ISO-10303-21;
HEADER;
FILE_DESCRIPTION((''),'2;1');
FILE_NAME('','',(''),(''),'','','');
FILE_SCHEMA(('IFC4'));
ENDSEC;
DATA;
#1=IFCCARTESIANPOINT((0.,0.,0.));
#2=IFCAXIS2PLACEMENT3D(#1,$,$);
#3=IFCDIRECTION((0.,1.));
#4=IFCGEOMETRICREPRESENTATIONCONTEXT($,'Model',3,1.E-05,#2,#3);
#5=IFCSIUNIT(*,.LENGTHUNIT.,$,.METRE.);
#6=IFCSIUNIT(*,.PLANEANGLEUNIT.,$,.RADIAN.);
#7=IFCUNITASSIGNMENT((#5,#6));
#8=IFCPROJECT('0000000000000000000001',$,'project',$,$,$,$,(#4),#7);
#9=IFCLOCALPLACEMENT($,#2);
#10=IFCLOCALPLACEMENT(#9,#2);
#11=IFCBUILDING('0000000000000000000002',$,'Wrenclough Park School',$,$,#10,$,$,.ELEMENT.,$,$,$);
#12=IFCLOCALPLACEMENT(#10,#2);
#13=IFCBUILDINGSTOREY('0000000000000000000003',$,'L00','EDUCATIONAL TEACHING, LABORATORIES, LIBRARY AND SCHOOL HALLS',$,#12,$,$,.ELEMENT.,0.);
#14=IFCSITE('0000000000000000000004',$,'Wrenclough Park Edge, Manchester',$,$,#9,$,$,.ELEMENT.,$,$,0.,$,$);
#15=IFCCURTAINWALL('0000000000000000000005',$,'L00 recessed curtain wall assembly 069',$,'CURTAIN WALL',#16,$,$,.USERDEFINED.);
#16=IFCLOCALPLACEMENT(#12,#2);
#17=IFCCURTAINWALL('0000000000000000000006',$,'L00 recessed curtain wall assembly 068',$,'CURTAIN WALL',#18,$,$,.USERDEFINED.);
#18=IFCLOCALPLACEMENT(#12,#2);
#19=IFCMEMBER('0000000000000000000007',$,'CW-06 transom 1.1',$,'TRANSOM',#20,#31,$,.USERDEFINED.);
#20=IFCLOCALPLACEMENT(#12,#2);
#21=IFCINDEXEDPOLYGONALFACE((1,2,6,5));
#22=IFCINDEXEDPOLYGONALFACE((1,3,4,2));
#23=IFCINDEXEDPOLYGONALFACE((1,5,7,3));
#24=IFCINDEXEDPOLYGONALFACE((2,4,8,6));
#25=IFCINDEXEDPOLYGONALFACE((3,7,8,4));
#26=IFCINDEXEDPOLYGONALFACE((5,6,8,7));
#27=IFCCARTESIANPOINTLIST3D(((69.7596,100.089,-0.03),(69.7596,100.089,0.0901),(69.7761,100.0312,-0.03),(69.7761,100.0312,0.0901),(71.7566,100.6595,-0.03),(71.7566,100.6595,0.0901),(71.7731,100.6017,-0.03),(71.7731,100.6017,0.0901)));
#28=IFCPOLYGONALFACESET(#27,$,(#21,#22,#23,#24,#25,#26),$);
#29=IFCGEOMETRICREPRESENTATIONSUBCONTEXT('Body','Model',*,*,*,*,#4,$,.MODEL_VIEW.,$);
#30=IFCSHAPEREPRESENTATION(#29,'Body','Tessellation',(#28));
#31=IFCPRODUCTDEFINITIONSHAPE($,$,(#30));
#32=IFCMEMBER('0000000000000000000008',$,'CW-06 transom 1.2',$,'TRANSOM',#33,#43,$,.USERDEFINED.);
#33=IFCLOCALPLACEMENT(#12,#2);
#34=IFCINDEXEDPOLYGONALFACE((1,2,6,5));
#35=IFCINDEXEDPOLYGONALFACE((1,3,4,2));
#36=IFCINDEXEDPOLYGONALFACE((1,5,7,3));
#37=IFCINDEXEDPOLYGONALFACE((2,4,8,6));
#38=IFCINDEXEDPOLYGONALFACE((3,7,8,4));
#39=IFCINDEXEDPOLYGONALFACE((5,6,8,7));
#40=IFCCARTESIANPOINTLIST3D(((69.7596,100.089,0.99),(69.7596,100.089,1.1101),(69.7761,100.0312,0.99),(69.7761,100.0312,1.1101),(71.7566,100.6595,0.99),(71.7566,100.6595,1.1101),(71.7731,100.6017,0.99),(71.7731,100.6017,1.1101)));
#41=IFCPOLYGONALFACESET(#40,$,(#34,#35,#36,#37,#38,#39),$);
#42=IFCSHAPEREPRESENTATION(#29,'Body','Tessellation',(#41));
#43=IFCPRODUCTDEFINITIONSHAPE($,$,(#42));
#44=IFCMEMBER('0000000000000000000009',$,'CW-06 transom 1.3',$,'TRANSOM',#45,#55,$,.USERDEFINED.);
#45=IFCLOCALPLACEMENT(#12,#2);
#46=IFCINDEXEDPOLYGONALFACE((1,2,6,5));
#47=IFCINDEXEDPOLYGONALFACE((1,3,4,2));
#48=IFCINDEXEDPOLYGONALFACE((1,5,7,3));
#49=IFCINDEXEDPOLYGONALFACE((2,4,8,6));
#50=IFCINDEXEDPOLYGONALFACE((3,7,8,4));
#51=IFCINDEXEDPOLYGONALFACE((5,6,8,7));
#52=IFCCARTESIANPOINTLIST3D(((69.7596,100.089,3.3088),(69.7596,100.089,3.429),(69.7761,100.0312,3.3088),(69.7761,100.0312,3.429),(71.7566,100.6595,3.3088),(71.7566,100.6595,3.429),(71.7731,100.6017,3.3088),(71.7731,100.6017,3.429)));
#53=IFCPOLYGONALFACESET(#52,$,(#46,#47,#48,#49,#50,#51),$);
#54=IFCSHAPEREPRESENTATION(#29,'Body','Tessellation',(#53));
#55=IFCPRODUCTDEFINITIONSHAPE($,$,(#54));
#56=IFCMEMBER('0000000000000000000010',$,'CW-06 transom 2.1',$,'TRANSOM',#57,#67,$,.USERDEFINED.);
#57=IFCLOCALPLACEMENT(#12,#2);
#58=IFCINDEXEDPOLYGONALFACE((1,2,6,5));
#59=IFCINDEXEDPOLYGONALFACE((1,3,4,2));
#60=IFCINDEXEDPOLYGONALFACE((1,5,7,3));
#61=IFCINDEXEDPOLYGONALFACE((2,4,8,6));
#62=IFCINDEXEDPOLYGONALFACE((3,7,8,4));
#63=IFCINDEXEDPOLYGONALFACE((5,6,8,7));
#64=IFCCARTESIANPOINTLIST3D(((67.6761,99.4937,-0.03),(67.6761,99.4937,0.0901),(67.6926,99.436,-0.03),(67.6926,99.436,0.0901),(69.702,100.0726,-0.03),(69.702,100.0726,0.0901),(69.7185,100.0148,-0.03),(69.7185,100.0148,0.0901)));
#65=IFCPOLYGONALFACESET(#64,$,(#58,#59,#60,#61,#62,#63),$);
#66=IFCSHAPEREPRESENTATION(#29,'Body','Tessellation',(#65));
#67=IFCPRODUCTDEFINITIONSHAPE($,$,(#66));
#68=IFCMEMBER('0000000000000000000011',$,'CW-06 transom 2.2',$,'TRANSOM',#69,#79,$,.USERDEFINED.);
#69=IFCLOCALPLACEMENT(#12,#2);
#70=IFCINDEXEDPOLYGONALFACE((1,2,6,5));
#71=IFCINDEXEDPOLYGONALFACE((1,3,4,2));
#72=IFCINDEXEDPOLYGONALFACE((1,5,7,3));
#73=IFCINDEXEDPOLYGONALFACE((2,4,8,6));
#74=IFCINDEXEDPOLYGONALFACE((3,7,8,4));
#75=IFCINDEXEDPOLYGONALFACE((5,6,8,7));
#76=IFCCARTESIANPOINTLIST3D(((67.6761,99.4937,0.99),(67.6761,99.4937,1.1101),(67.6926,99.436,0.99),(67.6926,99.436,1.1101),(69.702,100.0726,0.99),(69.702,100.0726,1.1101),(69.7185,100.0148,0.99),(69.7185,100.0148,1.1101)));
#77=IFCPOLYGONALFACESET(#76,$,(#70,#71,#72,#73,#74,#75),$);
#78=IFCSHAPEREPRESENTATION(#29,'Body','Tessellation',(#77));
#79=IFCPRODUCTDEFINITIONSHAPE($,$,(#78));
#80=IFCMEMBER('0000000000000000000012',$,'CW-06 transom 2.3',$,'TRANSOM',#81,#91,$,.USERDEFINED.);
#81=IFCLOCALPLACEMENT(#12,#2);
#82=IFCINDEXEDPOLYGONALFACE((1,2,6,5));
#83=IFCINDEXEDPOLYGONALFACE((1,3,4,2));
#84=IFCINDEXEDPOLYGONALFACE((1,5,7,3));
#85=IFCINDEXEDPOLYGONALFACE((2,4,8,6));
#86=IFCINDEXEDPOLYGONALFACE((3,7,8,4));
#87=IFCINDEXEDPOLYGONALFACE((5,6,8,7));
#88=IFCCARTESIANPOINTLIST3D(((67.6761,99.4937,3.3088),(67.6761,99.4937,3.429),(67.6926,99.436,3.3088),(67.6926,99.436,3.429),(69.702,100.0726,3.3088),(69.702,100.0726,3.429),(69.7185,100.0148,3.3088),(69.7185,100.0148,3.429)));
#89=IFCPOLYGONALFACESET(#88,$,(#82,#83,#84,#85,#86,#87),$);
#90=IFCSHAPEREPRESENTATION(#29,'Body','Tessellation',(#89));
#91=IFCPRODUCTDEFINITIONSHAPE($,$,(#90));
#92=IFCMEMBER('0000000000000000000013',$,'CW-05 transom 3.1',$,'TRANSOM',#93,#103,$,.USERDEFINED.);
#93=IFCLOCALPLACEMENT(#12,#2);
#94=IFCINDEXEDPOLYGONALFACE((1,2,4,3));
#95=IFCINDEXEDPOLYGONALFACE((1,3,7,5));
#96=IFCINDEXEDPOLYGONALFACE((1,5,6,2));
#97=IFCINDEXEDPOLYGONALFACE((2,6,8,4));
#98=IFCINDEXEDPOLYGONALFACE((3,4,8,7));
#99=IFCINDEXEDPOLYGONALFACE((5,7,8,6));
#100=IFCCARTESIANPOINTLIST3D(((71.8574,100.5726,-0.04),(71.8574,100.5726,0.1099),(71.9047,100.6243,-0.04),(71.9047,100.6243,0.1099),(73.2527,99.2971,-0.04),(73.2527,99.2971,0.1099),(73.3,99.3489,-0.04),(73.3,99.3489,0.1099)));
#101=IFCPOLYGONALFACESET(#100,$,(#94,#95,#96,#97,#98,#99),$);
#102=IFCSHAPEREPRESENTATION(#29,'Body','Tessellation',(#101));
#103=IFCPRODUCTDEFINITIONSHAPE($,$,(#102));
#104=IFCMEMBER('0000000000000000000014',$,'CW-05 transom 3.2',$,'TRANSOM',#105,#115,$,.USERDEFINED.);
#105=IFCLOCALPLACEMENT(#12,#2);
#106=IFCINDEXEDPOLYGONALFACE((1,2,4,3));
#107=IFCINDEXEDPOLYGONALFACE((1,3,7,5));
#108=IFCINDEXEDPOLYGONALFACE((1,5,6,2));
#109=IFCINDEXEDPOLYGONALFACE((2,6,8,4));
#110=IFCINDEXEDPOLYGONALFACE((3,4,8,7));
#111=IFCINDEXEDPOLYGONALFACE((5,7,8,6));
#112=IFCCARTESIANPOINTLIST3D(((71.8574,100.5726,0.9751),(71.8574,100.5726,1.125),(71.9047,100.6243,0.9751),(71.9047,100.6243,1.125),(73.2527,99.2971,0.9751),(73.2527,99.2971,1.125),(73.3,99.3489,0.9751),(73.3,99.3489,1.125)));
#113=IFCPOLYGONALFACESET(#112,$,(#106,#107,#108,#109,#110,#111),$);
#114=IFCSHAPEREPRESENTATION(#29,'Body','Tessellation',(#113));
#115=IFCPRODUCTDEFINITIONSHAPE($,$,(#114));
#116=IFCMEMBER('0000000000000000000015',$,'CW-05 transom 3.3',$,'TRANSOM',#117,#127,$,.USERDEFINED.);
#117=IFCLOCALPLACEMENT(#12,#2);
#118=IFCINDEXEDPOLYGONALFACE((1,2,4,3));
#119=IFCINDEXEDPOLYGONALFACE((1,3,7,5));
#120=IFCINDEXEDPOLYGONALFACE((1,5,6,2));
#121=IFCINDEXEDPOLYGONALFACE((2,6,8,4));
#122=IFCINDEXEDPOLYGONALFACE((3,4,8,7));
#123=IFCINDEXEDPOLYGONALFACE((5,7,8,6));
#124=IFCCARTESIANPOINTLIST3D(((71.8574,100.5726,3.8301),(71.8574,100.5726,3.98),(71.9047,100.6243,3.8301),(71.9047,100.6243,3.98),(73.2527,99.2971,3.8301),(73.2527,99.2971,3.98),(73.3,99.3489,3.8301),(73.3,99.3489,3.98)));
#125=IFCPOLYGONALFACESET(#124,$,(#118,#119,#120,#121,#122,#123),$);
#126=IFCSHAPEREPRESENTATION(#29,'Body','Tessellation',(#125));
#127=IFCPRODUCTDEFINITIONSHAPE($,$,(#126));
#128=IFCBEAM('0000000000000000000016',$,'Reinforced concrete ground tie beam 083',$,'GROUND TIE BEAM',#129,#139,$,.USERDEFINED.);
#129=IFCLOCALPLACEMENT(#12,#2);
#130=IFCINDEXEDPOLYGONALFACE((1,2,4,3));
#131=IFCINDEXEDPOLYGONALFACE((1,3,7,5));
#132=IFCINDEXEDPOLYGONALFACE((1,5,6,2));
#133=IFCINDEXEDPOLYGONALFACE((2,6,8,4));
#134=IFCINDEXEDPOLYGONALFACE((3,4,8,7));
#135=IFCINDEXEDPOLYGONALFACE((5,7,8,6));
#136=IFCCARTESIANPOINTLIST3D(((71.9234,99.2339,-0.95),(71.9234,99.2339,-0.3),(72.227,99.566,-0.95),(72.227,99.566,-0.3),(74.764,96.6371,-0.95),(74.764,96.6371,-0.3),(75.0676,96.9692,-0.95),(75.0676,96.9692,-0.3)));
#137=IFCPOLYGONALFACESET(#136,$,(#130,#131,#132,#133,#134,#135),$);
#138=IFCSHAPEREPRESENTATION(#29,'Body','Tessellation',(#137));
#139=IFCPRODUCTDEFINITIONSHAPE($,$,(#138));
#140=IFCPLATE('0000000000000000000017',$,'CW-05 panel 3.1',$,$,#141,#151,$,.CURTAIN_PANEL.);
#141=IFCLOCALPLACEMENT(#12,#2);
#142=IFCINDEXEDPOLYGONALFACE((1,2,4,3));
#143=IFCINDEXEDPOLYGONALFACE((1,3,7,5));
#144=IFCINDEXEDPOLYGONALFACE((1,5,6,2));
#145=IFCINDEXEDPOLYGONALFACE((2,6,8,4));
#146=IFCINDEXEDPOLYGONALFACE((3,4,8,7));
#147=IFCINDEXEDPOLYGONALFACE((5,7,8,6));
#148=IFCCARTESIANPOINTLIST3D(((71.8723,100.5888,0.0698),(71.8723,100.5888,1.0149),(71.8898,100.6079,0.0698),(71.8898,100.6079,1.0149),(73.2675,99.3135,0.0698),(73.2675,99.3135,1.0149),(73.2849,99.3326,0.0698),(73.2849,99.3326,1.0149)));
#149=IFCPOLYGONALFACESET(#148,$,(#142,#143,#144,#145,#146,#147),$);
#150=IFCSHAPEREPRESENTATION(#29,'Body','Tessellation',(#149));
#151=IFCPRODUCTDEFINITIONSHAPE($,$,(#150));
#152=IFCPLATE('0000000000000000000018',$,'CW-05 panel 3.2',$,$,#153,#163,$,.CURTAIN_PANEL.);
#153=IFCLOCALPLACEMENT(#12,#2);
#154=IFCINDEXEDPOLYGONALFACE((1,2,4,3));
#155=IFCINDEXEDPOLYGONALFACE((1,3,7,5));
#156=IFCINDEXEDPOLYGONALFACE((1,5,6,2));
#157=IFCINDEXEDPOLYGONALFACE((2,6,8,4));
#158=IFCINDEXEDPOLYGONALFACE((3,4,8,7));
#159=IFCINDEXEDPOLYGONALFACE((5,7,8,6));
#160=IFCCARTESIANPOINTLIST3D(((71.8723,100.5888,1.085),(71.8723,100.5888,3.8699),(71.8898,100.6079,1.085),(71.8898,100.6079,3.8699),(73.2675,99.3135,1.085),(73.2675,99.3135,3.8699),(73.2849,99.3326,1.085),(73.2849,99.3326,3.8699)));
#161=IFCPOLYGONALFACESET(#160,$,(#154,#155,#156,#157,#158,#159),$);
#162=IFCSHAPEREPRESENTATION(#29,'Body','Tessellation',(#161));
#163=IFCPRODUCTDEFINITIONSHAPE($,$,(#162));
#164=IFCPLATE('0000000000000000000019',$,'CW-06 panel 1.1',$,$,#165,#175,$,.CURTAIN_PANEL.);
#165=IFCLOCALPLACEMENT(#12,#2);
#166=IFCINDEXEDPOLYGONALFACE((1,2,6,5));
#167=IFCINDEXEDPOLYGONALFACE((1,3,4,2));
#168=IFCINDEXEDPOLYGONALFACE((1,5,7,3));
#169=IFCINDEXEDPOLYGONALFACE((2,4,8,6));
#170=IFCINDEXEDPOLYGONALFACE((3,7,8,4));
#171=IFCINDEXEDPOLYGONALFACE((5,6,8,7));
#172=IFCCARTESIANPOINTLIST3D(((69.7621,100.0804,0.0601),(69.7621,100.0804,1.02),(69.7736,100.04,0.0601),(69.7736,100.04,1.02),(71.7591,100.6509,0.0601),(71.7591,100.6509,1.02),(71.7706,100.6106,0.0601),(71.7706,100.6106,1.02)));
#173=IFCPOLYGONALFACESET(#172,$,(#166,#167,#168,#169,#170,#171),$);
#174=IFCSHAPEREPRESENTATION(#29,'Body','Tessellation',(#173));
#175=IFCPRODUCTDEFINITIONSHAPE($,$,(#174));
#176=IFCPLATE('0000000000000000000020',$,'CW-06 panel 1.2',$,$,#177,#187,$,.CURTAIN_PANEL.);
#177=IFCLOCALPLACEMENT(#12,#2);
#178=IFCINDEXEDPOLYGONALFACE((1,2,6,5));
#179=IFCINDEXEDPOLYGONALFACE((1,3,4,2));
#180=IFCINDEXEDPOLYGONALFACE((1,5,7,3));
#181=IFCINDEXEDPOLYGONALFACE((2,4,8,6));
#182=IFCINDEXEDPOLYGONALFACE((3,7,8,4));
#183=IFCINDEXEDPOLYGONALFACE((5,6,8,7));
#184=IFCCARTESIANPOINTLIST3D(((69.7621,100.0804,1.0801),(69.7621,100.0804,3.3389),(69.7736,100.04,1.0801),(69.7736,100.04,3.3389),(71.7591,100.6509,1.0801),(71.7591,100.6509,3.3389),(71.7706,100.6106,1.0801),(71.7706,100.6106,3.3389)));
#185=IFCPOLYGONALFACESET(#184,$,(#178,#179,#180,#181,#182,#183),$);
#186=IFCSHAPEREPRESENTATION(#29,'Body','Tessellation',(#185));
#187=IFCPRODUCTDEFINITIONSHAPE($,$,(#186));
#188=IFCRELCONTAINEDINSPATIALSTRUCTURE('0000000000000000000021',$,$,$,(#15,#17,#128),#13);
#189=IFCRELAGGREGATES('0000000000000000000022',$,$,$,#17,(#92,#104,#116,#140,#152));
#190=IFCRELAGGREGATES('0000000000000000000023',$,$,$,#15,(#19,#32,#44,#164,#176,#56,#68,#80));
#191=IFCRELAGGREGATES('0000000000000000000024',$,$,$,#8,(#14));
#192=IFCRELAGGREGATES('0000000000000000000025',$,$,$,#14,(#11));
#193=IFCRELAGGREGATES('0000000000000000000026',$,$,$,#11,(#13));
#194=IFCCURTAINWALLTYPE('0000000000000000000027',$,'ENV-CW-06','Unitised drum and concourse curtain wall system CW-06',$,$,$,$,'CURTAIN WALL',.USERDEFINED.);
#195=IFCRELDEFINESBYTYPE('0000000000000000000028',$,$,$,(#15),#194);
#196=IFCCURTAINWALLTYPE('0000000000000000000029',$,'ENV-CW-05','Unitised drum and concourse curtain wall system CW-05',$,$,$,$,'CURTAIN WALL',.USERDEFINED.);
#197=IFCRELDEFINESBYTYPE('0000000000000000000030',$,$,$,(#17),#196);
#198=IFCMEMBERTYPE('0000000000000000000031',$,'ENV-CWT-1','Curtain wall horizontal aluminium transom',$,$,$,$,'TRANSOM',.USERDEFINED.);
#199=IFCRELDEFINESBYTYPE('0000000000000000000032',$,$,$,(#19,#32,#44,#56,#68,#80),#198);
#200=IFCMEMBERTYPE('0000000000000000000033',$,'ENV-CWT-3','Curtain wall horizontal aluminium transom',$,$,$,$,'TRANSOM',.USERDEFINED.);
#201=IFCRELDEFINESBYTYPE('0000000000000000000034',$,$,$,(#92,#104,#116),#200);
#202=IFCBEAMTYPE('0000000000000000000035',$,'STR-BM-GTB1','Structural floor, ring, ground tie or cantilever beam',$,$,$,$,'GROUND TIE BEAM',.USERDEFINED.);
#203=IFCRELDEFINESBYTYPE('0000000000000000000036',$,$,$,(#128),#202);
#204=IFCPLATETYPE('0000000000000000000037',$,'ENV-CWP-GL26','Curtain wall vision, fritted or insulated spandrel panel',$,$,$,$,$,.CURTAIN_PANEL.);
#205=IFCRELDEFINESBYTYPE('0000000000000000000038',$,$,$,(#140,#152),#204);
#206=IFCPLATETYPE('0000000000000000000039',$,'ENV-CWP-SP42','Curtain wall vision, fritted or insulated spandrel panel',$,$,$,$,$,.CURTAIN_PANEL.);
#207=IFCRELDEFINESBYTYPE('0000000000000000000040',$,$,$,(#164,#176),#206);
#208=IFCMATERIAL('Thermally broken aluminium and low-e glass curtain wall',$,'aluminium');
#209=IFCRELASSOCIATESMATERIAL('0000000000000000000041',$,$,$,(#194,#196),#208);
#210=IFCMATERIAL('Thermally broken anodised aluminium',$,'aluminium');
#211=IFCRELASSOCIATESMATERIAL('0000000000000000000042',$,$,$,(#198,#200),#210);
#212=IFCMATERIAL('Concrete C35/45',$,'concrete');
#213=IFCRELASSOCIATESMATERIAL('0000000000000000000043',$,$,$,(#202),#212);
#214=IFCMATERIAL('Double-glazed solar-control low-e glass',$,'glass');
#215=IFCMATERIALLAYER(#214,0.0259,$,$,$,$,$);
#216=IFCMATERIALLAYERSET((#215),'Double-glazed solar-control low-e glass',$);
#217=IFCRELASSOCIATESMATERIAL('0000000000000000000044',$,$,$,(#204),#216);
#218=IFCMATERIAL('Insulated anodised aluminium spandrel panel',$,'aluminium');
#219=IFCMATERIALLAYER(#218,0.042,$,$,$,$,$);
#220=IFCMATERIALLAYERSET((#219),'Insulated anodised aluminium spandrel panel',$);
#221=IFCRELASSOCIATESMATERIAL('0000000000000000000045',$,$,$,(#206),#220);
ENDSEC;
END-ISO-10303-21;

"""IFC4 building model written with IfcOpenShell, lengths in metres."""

from ifc_helpers import new_model, si_unit, direction, frame, origin, origin_2d, place, context, subcontext, project, spatial, rectangle, extrude, material, layer, layer_set, material_profile, profile_set, type_object, element, aggregate, save


model = new_model("IFC4")

# Units and contexts
model_context = context("Model", 3, precision=1e-05, world=origin(), true_north=direction((0.0, 1.0)))
body_context = subcontext(model_context, "Body", "Model", "MODEL_VIEW")
ifc_project = project(units=[si_unit("LENGTHUNIT", "METRE"), si_unit("PLANEANGLEUNIT", "RADIAN")], contexts=[model_context])

# Site, building, storey
site_placement = place(None, origin())
site = spatial("IfcSite", under=ifc_project, at=site_placement, Name="Wrenclough Park Edge, Manchester", CompositionType="ELEMENT", RefElevation=0.0)
building_placement = place(site_placement, origin())
building = spatial("IfcBuilding", under=site, at=building_placement, Name="Wrenclough Park School", CompositionType="ELEMENT")
storey_placement = place(building_placement, origin())
storey = spatial("IfcBuildingStorey", under=building, at=storey_placement, Name="L00", Description="EDUCATIONAL TEACHING, LABORATORIES, LIBRARY AND SCHOOL HALLS", CompositionType="ELEMENT", Elevation=0.0)

# Shared definitions
ifc_material_1 = material(Name="Concrete C35/45", Category="concrete")

# Curtain walls
ifc_material_2 = material(Name="Thermally broken aluminium and low-e glass curtain wall", Category="aluminium")
curtain_wall_type_1 = type_object("IfcCurtainWallType", Name="ENV-CW-06", Description="Unitised drum and concourse curtain wall system CW-06", ElementType="CURTAIN WALL", PredefinedType="USERDEFINED", material=ifc_material_2)
curtain_wall_1_placement = place(storey_placement, origin())
curtain_wall_1 = element("IfcCurtainWall", 1, at=curtain_wall_1_placement, inside=storey, type_object=curtain_wall_type_1, Name="L00 recessed curtain wall assembly 069", ObjectType="CURTAIN WALL", PredefinedType="USERDEFINED")
ifc_material_3 = material(Name="Thermally broken anodised aluminium", Category="aluminium")
curtain_wall_type_2 = type_object("IfcCurtainWallType", Name="ENV-CW-05", Description="Unitised drum and concourse curtain wall system CW-05", ElementType="CURTAIN WALL", PredefinedType="USERDEFINED", material=ifc_material_2)
curtain_wall_2_placement = place(storey_placement, origin())
curtain_wall_2 = element("IfcCurtainWall", 2, at=curtain_wall_2_placement, inside=storey, type_object=curtain_wall_type_2, Name="L00 recessed curtain wall assembly 068", ObjectType="CURTAIN WALL", PredefinedType="USERDEFINED")

# Members
ifc_material_profile_1 = material_profile(ifc_material_3, rectangle(XDim=0.0601, YDim=0.1201, at=origin_2d()), Name="AL TRANSOM 60x120")
ifc_profile_set_1 = profile_set([ifc_material_profile_1], Name="Thermally broken anodised aluminium")
member_type_1 = type_object("IfcMemberType", Name="ENV-CWT-1", Description="Curtain wall horizontal aluminium transom", ElementType="TRANSOM", PredefinedType="USERDEFINED", material=ifc_profile_set_1)
member_1_placement = place(storey_placement, frame((71.7649, 100.6306, 0.03), z_axis=(-0.961528, -0.274706, 0.0), x_axis=(0.274706, -0.961528, 0.0)))
member_1 = element("IfcMember", 3, at=member_1_placement, type_object=member_type_1, Name="CW-06 transom 1.1", ObjectType="TRANSOM", PredefinedType="USERDEFINED", context=body_context, shape_type="SweptSolid", body=[
    extrude(rectangle(XDim=0.0601, YDim=0.1201, at=origin_2d()), origin(), (0.0, 0.0, 1.0), 2.0769),
])
member_2_placement = place(storey_placement, frame((71.7649, 100.6306, 1.05), z_axis=(-0.961528, -0.274706, 0.0), x_axis=(0.274706, -0.961528, 0.0)))
member_2 = element("IfcMember", 4, at=member_2_placement, type_object=member_type_1, Name="CW-06 transom 1.2", ObjectType="TRANSOM", PredefinedType="USERDEFINED", context=body_context, shape_type="SweptSolid", body=[
    extrude(rectangle(XDim=0.0601, YDim=0.1201, at=origin_2d()), origin(), (0.0, 0.0, 1.0), 2.0769),
])
member_3_placement = place(storey_placement, frame((71.7649, 100.6306, 3.3689), z_axis=(-0.961528, -0.274706, 0.0), x_axis=(0.274706, -0.961528, 0.0)))
member_3 = element("IfcMember", 5, at=member_3_placement, type_object=member_type_1, Name="CW-06 transom 1.3", ObjectType="TRANSOM", PredefinedType="USERDEFINED", context=body_context, shape_type="SweptSolid", body=[
    extrude(rectangle(XDim=0.0601, YDim=0.1201, at=origin_2d()), origin(), (0.0, 0.0, 1.0), 2.0769),
])
member_4_placement = place(storey_placement, frame((69.7102, 100.0437, 0.03), z_axis=(-0.96152, -0.274736, 0.0), x_axis=(0.274736, -0.96152, 0.0)))
member_4 = element("IfcMember", 6, at=member_4_placement, type_object=member_type_1, Name="CW-06 transom 2.1", ObjectType="TRANSOM", PredefinedType="USERDEFINED", context=body_context, shape_type="SweptSolid", body=[
    extrude(rectangle(XDim=0.0601, YDim=0.1201, at=origin_2d()), origin(), (0.0, 0.0, 1.0), 2.1069),
])
member_5_placement = place(storey_placement, frame((69.7102, 100.0437, 1.05), z_axis=(-0.96152, -0.274736, 0.0), x_axis=(0.274736, -0.96152, 0.0)))
member_5 = element("IfcMember", 7, at=member_5_placement, type_object=member_type_1, Name="CW-06 transom 2.2", ObjectType="TRANSOM", PredefinedType="USERDEFINED", context=body_context, shape_type="SweptSolid", body=[
    extrude(rectangle(XDim=0.0601, YDim=0.1201, at=origin_2d()), origin(), (0.0, 0.0, 1.0), 2.1069),
])
member_6_placement = place(storey_placement, frame((69.7102, 100.0437, 3.3689), z_axis=(-0.96152, -0.274736, 0.0), x_axis=(0.274736, -0.96152, 0.0)))
member_6 = element("IfcMember", 8, at=member_6_placement, type_object=member_type_1, Name="CW-06 transom 2.3", ObjectType="TRANSOM", PredefinedType="USERDEFINED", context=body_context, shape_type="SweptSolid", body=[
    extrude(rectangle(XDim=0.0601, YDim=0.1201, at=origin_2d()), origin(), (0.0, 0.0, 1.0), 2.1069),
])
ifc_material_profile_2 = material_profile(ifc_material_3, rectangle(XDim=0.0701, YDim=0.1499, at=origin_2d()), Name="AL TRANSOM 70x150")
ifc_profile_set_2 = profile_set([ifc_material_profile_2], Name="Thermally broken anodised aluminium")
member_type_2 = type_object("IfcMemberType", Name="ENV-CWT-3", Description="Curtain wall horizontal aluminium transom", ElementType="TRANSOM", PredefinedType="USERDEFINED", material=ifc_profile_set_2)
member_7_placement = place(storey_placement, frame((73.2764, 99.323, 0.0349), z_axis=(-0.738102, 0.674689, 0.0), x_axis=(-0.674689, -0.738102, 0.0)))
member_7 = element("IfcMember", 9, at=member_7_placement, type_object=member_type_2, Name="CW-05 transom 3.1", ObjectType="TRANSOM", PredefinedType="USERDEFINED", context=body_context, shape_type="SweptSolid", body=[
    extrude(rectangle(XDim=0.0701, YDim=0.1499, at=origin_2d()), origin(), (0.0, 0.0, 1.0), 1.8904),
])
member_8_placement = place(storey_placement, frame((73.2764, 99.323, 1.05), z_axis=(-0.738102, 0.674689, 0.0), x_axis=(-0.674689, -0.738102, 0.0)))
member_8 = element("IfcMember", 10, at=member_8_placement, type_object=member_type_2, Name="CW-05 transom 3.2", ObjectType="TRANSOM", PredefinedType="USERDEFINED", context=body_context, shape_type="SweptSolid", body=[
    extrude(rectangle(XDim=0.0701, YDim=0.1499, at=origin_2d()), origin(), (0.0, 0.0, 1.0), 1.8904),
])
member_9_placement = place(storey_placement, frame((73.2764, 99.323, 3.905), z_axis=(-0.738102, 0.674689, 0.0), x_axis=(-0.674689, -0.738102, 0.0)))
member_9 = element("IfcMember", 11, at=member_9_placement, type_object=member_type_2, Name="CW-05 transom 3.3", ObjectType="TRANSOM", PredefinedType="USERDEFINED", context=body_context, shape_type="SweptSolid", body=[
    extrude(rectangle(XDim=0.0701, YDim=0.1499, at=origin_2d()), origin(), (0.0, 0.0, 1.0), 1.8904),
])

# Beam
ifc_material_profile_3 = material_profile(ifc_material_1, rectangle(XDim=0.45, YDim=0.6499, at=origin_2d()), Name="RC GROUND 450x650")
ifc_profile_set_3 = profile_set([ifc_material_profile_3], Name="Concrete C35/45")
beam_type = type_object("IfcBeamType", Name="STR-BM-GTB1", Description="Structural floor, ring, ground tie or cantilever beam", ElementType="GROUND TIE BEAM", PredefinedType="USERDEFINED", material=ifc_profile_set_3)
beam_placement = place(storey_placement, frame((72.0752, 99.3999, -0.625), z_axis=(0.738083, -0.67471, 0.0), x_axis=(0.67471, 0.738083, 0.0)))
element("IfcBeam", 12, at=beam_placement, inside=storey, type_object=beam_type, Name="Reinforced concrete ground tie beam 083", ObjectType="GROUND TIE BEAM", PredefinedType="USERDEFINED", context=body_context, shape_type="SweptSolid", body=[
    extrude(rectangle(XDim=0.45, YDim=0.6499, at=origin_2d()), origin(), (0.0, 0.0, 1.0), 3.8486),
])

# Plates
ifc_material_4 = material(Name="Double-glazed solar-control low-e glass", Category="glass")
ifc_layer_1 = layer(ifc_material_4, 0.0259)
ifc_layer_set_1 = layer_set([ifc_layer_1], Name="Double-glazed solar-control low-e glass")
plate_type_1 = type_object("IfcPlateType", Name="ENV-CWP-GL26", Description="Curtain wall vision, fritted or insulated spandrel panel", PredefinedType="CURTAIN_PANEL", material=ifc_layer_set_1)
plate_1_placement = place(storey_placement, frame((72.5786, 99.9607, 0.0698), z_axis=(0.0, 0.0, 1.0), x_axis=(-0.738121, 0.674669, 0.0)))
plate_1 = element("IfcPlate", 13, at=plate_1_placement, type_object=plate_type_1, Name="CW-05 panel 3.1", PredefinedType="CURTAIN_PANEL", context=body_context, shape_type="SweptSolid", body=[
    extrude(rectangle(XDim=1.8901, YDim=0.0259, at=origin_2d()), origin(), (0.0, 0.0, 1.0), 0.9451),
])
plate_2_placement = place(storey_placement, frame((72.5786, 99.9607, 1.085), z_axis=(0.0, 0.0, 1.0), x_axis=(-0.738121, 0.674669, 0.0)))
plate_2 = element("IfcPlate", 14, at=plate_2_placement, type_object=plate_type_1, Name="CW-05 panel 3.2", PredefinedType="CURTAIN_PANEL", context=body_context, shape_type="SweptSolid", body=[
    extrude(rectangle(XDim=1.8901, YDim=0.0259, at=origin_2d()), origin(), (0.0, 0.0, 1.0), 2.7849),
])
aggregate(curtain_wall_2, [member_7, member_8, member_9, plate_1, plate_2])
ifc_material_5 = material(Name="Insulated anodised aluminium spandrel panel", Category="aluminium")
ifc_layer_2 = layer(ifc_material_5, 0.042)
ifc_layer_set_2 = layer_set([ifc_layer_2], Name="Insulated anodised aluminium spandrel panel")
plate_type_2 = type_object("IfcPlateType", Name="ENV-CWP-SP42", Description="Curtain wall vision, fritted or insulated spandrel panel", PredefinedType="CURTAIN_PANEL", material=ifc_layer_set_2)
plate_3_placement = place(storey_placement, frame((70.7664, 100.3455, 0.0601), z_axis=(0.0, 0.0, 1.0), x_axis=(-0.961523, -0.274723, 0.0)))
plate_3 = element("IfcPlate", 15, at=plate_3_placement, type_object=plate_type_2, Name="CW-06 panel 1.1", PredefinedType="CURTAIN_PANEL", context=body_context, shape_type="SweptSolid", body=[
    extrude(rectangle(XDim=2.0769, YDim=0.042, at=origin_2d()), origin(), (0.0, 0.0, 1.0), 0.96),
])
plate_4_placement = place(storey_placement, frame((70.7664, 100.3455, 1.0801), z_axis=(0.0, 0.0, 1.0), x_axis=(-0.961523, -0.274723, 0.0)))
plate_4 = element("IfcPlate", 16, at=plate_4_placement, type_object=plate_type_2, Name="CW-06 panel 1.2", PredefinedType="CURTAIN_PANEL", context=body_context, shape_type="SweptSolid", body=[
    extrude(rectangle(XDim=2.0769, YDim=0.042, at=origin_2d()), origin(), (0.0, 0.0, 1.0), 2.2588),
])
aggregate(curtain_wall_1, [member_1, member_2, member_3, plate_3, plate_4, member_4, member_5, member_6])

save(model, "model.ifc")
